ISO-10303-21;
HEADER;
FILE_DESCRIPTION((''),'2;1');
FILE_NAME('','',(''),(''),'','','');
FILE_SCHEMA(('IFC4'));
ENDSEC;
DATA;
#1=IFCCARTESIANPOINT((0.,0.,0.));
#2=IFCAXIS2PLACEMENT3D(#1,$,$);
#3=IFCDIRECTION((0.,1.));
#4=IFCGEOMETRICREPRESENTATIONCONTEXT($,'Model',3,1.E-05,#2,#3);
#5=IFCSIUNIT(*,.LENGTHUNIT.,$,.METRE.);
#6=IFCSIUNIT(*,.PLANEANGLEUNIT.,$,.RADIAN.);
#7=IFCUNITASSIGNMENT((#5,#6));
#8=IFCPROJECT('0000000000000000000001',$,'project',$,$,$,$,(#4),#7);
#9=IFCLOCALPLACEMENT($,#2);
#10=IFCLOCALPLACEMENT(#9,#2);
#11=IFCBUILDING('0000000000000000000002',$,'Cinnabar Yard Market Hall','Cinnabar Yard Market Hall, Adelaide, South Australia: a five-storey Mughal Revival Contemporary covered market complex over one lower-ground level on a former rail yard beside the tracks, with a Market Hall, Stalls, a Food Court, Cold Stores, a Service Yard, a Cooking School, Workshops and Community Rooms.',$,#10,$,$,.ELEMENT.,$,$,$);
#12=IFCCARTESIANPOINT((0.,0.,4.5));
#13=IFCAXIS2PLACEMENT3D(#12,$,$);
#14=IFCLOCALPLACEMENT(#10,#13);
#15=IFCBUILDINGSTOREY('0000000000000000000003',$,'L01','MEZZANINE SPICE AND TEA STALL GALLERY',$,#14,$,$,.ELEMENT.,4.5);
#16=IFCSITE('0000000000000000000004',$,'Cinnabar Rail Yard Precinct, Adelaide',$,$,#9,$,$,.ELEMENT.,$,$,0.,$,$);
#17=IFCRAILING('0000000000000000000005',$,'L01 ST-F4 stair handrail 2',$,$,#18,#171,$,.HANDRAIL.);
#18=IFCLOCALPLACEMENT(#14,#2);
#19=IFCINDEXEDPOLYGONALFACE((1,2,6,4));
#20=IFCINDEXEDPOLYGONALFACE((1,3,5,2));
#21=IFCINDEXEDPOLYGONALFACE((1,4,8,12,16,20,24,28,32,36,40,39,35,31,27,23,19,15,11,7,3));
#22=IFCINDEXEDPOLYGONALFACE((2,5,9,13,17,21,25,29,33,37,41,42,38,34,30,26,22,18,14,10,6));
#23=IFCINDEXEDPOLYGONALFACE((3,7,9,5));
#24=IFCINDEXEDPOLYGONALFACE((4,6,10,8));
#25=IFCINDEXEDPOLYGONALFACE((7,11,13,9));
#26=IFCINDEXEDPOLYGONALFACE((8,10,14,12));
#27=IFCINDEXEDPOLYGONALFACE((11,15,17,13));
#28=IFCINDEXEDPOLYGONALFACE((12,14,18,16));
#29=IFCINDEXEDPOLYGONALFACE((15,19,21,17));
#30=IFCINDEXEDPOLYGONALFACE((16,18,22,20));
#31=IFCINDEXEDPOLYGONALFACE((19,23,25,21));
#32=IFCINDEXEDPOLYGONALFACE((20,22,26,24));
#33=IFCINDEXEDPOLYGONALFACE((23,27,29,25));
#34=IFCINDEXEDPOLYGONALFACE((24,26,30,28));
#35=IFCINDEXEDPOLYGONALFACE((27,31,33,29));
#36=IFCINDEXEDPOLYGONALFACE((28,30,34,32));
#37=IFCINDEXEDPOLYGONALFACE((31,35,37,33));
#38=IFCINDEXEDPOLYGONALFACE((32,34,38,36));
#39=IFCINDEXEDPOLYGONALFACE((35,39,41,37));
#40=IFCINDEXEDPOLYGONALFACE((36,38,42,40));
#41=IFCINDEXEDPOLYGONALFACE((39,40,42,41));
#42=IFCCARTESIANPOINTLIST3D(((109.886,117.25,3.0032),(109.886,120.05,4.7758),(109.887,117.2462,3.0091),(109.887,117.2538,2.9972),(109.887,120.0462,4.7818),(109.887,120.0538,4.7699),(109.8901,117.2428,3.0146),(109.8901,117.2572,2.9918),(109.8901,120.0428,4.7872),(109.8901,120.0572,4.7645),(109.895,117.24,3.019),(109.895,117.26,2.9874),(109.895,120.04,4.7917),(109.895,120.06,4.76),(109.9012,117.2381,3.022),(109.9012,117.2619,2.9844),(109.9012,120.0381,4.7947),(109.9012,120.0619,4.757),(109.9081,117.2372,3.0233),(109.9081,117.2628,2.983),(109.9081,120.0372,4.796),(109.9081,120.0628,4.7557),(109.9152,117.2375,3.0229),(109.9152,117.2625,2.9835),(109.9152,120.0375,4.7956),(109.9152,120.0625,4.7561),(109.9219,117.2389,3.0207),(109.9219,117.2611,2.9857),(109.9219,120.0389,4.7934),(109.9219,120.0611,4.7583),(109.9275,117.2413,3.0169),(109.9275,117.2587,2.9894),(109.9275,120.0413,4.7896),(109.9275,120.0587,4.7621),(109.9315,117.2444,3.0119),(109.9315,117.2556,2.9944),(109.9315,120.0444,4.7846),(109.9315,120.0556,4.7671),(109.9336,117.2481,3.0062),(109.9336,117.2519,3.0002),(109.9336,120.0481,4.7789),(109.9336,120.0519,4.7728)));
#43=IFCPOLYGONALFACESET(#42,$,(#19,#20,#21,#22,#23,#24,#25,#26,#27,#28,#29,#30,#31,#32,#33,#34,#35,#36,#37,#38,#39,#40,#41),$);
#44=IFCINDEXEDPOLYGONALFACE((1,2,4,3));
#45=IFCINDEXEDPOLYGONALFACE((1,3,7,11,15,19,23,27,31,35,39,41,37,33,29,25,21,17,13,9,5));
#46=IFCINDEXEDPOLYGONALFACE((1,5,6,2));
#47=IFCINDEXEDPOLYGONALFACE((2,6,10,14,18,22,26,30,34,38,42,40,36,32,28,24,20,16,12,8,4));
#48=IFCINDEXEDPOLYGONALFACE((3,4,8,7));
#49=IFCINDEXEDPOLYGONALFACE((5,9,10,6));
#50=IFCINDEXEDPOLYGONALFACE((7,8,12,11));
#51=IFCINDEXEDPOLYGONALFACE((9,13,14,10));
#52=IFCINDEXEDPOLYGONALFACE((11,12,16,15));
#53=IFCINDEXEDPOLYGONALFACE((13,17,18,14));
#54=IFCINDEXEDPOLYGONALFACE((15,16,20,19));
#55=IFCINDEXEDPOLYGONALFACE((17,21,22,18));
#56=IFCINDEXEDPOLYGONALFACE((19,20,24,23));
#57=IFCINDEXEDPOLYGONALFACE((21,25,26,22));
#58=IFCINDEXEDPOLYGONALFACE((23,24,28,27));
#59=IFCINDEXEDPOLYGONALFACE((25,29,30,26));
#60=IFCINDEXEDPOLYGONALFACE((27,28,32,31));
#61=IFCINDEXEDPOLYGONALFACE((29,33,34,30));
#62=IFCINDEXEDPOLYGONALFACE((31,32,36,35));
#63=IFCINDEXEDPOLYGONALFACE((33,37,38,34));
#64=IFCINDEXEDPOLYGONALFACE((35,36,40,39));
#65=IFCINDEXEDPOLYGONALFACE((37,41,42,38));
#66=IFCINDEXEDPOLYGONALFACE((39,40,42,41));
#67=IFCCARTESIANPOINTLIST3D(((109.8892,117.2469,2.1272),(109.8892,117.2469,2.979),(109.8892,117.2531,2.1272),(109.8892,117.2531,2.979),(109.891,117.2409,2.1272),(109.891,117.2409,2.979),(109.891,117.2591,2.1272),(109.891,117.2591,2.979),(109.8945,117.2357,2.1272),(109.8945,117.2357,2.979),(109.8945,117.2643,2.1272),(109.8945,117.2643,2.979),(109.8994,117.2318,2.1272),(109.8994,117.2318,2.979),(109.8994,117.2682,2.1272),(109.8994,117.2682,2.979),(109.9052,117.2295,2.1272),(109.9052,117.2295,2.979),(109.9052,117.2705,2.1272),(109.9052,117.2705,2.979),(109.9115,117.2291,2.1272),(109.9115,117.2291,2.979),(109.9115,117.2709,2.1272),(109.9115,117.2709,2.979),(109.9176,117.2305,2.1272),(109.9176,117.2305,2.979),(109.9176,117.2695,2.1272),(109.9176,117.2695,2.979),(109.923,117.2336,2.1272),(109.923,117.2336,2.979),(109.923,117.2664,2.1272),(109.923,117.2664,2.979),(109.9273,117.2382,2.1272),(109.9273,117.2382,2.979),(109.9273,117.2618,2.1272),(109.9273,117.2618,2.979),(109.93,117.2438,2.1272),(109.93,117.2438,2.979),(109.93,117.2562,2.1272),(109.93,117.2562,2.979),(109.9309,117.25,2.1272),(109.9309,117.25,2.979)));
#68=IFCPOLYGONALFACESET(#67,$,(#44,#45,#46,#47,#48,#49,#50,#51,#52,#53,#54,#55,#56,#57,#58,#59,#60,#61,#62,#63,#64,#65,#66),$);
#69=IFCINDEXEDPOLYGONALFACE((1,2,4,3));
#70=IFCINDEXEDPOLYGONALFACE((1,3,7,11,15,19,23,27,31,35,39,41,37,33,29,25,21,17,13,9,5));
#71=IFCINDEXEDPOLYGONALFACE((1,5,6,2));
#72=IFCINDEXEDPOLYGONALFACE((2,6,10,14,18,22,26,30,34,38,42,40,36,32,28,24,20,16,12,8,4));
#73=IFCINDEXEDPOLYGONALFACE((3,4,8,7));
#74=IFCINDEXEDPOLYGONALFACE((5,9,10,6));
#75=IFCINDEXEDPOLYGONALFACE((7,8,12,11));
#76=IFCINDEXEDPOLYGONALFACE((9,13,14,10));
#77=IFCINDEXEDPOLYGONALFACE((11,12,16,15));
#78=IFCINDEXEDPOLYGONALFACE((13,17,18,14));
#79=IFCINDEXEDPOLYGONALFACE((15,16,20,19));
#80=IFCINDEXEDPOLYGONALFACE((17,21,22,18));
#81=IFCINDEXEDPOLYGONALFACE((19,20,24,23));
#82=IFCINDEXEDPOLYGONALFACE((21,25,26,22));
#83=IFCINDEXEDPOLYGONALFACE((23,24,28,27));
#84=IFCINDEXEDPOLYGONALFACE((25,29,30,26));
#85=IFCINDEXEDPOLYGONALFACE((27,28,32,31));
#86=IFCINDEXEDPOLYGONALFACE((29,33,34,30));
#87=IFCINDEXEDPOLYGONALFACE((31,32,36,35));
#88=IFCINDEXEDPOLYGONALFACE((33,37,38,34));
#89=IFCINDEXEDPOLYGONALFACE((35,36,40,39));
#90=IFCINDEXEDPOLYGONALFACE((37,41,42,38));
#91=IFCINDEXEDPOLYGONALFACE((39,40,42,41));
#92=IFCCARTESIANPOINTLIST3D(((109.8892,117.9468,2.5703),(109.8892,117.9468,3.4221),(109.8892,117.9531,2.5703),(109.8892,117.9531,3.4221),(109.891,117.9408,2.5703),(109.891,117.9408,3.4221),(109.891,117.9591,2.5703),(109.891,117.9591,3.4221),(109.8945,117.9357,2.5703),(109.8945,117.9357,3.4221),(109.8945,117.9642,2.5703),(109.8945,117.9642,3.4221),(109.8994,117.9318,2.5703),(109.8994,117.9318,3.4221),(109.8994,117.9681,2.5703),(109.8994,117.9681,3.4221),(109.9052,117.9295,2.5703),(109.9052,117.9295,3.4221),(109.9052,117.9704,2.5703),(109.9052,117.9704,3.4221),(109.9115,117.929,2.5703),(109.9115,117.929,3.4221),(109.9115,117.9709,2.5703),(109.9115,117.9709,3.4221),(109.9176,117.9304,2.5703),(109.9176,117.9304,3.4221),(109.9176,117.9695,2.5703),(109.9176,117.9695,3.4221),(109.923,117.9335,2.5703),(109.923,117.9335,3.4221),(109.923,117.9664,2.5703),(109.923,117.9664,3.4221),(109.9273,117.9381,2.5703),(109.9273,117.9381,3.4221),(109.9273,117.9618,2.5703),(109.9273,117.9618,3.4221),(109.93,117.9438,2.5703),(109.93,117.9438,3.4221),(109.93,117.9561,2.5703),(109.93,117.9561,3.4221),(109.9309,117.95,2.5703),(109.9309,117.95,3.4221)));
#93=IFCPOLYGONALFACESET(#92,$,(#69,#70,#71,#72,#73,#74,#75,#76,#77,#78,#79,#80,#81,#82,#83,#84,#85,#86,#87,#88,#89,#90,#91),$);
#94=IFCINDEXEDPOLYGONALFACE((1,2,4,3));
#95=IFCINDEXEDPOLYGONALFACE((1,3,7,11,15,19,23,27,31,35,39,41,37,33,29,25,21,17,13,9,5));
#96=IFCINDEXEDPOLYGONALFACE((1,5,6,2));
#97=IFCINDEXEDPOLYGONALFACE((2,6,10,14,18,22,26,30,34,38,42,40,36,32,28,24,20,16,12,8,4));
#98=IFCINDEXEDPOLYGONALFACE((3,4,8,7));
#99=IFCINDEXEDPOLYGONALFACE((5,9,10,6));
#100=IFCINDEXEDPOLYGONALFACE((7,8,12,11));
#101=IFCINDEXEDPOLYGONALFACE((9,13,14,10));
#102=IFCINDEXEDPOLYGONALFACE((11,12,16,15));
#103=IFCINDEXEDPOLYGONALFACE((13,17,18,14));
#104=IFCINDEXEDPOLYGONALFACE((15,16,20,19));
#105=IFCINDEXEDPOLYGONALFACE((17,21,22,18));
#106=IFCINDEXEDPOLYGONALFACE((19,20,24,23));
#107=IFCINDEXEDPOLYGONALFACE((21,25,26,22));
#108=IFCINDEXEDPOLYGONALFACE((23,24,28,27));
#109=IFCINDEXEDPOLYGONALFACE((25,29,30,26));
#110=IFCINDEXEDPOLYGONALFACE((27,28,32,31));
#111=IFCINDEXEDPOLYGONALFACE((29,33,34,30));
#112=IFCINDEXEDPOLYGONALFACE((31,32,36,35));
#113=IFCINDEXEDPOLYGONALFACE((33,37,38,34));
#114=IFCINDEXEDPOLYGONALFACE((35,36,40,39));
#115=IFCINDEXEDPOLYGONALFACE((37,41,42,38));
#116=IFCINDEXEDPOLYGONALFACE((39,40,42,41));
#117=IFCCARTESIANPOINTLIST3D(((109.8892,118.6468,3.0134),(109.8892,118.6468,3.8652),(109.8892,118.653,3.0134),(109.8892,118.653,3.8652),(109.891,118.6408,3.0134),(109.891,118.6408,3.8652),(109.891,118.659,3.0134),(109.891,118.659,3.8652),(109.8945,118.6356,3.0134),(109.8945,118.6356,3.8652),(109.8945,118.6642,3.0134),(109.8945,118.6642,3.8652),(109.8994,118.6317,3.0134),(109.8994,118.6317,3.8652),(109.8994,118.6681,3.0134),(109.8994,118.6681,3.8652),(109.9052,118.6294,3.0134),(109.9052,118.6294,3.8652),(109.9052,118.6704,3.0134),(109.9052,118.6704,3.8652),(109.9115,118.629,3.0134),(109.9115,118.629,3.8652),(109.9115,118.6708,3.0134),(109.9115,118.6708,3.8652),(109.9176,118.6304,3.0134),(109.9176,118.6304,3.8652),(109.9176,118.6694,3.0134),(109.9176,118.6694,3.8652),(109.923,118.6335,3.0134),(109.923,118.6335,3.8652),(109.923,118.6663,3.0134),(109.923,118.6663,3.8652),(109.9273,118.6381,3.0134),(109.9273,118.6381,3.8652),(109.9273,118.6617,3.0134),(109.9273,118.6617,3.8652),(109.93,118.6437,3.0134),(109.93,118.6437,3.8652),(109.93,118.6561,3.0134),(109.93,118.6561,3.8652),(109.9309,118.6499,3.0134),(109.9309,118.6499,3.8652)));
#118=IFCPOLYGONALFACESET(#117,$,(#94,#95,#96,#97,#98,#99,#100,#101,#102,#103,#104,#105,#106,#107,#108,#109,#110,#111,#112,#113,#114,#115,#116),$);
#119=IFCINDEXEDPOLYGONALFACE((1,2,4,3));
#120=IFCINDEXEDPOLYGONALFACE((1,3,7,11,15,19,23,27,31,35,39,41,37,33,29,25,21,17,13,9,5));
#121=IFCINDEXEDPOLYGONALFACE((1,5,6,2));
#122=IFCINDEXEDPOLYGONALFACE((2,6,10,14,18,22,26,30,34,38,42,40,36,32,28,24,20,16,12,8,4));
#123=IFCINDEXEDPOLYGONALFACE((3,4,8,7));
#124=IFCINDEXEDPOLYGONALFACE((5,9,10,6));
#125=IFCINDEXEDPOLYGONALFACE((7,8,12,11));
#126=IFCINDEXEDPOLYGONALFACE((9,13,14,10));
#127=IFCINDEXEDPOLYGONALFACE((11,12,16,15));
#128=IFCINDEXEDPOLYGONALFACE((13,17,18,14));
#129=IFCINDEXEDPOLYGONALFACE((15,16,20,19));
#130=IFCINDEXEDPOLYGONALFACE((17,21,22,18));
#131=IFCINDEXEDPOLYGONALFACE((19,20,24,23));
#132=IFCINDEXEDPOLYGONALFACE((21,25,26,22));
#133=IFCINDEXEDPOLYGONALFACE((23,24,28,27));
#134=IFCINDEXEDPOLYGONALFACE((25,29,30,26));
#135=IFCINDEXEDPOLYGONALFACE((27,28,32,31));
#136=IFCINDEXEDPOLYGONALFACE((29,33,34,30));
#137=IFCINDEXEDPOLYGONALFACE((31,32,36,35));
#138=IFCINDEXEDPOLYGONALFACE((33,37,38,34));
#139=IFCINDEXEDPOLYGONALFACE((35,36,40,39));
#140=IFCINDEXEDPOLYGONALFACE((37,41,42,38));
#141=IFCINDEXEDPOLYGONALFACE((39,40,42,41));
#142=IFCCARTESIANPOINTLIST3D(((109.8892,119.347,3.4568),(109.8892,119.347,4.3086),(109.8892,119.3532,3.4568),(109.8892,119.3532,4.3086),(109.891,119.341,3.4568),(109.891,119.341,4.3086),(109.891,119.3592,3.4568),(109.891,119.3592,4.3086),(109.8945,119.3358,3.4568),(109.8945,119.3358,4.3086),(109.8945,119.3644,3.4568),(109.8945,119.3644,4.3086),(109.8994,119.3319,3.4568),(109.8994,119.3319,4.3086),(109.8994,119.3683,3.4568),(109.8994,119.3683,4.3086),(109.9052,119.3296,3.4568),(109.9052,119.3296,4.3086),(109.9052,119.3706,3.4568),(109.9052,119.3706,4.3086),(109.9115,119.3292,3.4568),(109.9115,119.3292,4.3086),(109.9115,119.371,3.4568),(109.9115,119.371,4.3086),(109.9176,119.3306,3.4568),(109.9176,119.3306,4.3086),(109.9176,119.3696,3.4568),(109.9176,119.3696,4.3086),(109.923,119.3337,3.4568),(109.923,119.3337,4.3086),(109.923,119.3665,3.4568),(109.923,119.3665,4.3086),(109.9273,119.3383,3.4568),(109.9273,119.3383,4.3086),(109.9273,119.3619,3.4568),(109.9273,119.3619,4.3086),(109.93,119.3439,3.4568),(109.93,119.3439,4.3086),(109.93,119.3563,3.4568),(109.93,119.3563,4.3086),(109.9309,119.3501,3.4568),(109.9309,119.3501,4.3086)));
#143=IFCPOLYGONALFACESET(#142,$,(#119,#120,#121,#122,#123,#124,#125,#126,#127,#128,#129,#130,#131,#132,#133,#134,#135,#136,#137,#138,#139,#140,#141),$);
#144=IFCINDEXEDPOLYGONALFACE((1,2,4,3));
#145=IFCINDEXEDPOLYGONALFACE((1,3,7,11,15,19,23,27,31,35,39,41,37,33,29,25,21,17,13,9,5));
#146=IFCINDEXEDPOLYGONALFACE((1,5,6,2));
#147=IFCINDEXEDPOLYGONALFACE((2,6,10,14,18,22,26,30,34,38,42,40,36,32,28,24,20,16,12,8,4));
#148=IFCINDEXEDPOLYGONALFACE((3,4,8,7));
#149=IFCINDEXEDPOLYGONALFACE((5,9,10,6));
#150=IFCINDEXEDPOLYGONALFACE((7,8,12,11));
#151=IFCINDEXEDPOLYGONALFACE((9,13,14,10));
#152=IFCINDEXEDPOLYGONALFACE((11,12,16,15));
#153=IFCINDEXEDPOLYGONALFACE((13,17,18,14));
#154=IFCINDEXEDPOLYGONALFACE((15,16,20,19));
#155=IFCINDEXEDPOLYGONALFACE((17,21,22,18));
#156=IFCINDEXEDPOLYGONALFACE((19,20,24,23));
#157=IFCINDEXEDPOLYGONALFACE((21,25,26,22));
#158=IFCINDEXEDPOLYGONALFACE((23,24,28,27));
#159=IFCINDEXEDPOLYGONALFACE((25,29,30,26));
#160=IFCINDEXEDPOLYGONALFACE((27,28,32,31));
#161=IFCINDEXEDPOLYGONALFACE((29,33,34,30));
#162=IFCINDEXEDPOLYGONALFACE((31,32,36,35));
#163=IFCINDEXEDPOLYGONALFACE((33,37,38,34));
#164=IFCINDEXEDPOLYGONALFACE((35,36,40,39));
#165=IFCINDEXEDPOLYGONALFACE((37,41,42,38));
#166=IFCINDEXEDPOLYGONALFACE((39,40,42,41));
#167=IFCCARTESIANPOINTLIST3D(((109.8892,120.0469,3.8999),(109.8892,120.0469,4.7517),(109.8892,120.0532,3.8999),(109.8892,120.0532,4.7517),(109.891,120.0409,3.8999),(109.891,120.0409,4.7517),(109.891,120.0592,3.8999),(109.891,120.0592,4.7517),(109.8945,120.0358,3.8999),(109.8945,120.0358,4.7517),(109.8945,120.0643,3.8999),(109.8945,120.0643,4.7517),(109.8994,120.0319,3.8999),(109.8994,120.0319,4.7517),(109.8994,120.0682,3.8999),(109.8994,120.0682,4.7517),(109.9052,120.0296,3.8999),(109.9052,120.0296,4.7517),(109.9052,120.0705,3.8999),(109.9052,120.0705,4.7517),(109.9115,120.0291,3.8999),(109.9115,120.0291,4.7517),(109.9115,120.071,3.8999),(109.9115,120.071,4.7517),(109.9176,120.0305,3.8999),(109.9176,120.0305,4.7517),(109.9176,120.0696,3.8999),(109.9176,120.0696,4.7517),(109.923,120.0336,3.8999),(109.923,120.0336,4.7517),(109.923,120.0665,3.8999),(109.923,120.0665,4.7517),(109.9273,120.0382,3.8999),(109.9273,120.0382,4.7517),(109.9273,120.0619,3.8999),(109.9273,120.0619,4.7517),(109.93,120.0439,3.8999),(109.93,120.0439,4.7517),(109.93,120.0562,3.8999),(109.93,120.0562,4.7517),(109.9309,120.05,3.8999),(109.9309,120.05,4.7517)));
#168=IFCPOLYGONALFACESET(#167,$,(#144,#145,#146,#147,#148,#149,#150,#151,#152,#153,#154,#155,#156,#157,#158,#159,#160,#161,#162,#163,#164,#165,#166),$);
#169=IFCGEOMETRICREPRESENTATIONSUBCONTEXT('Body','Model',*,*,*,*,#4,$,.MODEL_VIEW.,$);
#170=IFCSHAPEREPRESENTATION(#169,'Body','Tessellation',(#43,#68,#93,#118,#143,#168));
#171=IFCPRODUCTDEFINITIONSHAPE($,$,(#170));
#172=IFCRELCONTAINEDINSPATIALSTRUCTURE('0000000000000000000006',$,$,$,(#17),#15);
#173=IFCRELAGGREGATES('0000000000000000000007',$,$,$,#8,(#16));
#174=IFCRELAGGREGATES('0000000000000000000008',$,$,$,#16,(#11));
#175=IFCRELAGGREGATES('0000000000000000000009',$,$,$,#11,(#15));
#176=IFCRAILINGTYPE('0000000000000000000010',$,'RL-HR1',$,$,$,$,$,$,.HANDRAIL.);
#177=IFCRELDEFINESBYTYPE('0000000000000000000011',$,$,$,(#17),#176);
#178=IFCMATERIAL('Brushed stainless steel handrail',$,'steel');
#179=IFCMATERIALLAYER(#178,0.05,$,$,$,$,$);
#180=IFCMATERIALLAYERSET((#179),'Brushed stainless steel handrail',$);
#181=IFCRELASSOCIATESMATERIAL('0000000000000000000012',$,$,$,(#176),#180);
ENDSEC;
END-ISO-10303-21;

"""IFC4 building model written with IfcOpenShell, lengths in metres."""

from ifc_helpers import new_model, si_unit, direction, frame, origin, origin_2d_with_axis, place, context, subcontext, project, spatial, circle, extrude, material, layer, layer_set, type_object, element, save


model = new_model("IFC4")

# Units and contexts
model_context = context("Model", 3, precision=1e-05, world=origin(), true_north=direction((0.0, 1.0)))
body_context = subcontext(model_context, "Body", "Model", "MODEL_VIEW")
ifc_project = project(units=[si_unit("LENGTHUNIT", "METRE"), si_unit("PLANEANGLEUNIT", "RADIAN")], contexts=[model_context])

# Site, building, storey
site_placement = place(None, origin())
site = spatial("IfcSite", under=ifc_project, at=site_placement, Name="Cinnabar Rail Yard Precinct, Adelaide", CompositionType="ELEMENT", RefElevation=0.0)
building_placement = place(site_placement, origin())
building = spatial("IfcBuilding", under=site, at=building_placement, Name="Cinnabar Yard Market Hall", Description="Cinnabar Yard Market Hall, Adelaide, South Australia: a five-storey Mughal Revival Contemporary covered market complex over one lower-ground level on a former rail yard beside the tracks, with a Market Hall, Stalls, a Food Court, Cold Stores, a Service Yard, a Cooking School, Workshops and Community Rooms.", CompositionType="ELEMENT")
storey_placement = place(building_placement, frame((0.0, 0.0, 4.5)))
storey = spatial("IfcBuildingStorey", under=building, at=storey_placement, Name="L01", Description="MEZZANINE SPICE AND TEA STALL GALLERY", CompositionType="ELEMENT", Elevation=4.5)

# Railing
ifc_material_1 = material(Name="Brushed stainless steel handrail", Category="steel")
ifc_layer_1 = layer(ifc_material_1, 0.05)
ifc_layer_set_1 = layer_set([ifc_layer_1], Name="Brushed stainless steel handrail")
railing_type_1 = type_object("IfcRailingType", Name="RL-HR1", PredefinedType="HANDRAIL", material=ifc_layer_set_1)
railing_1_placement = place(storey_placement, frame((109.9099, 117.25, 2.1272)))
element("IfcRailing", 1, at=railing_1_placement, inside=storey, type_object=railing_type_1, Name="L01 ST-F4 stair handrail 2", PredefinedType="HANDRAIL", context=body_context, shape_type="SweptSolid", body=[
    extrude(circle(Radius=0.0239, at=origin_2d_with_axis()), frame((0.0, 0.0, 0.876), z_axis=(0.0, 0.844909, 0.53491), x_axis=(-1.0, 0.0, 0.0)), (0.0, 0.0, 1.0), 3.314),
    extrude(circle(Radius=0.021, at=origin_2d_with_axis()), origin(), (0.0, 0.0, 1.0), 0.8518),
    extrude(circle(Radius=0.021, at=origin_2d_with_axis()), frame((0.0, 0.7, 0.4431)), (0.0, 0.0, 1.0), 0.8518),
    extrude(circle(Radius=0.021, at=origin_2d_with_axis()), frame((0.0, 1.3999, 0.8862)), (0.0, 0.0, 1.0), 0.8518),
    extrude(circle(Radius=0.021, at=origin_2d_with_axis()), frame((0.0, 2.1001, 1.3296)), (0.0, 0.0, 1.0), 0.8518),
    extrude(circle(Radius=0.021, at=origin_2d_with_axis()), frame((0.0, 2.8, 1.7727)), (0.0, 0.0, 1.0), 0.8518),
])

save(model, "model.ifc")
